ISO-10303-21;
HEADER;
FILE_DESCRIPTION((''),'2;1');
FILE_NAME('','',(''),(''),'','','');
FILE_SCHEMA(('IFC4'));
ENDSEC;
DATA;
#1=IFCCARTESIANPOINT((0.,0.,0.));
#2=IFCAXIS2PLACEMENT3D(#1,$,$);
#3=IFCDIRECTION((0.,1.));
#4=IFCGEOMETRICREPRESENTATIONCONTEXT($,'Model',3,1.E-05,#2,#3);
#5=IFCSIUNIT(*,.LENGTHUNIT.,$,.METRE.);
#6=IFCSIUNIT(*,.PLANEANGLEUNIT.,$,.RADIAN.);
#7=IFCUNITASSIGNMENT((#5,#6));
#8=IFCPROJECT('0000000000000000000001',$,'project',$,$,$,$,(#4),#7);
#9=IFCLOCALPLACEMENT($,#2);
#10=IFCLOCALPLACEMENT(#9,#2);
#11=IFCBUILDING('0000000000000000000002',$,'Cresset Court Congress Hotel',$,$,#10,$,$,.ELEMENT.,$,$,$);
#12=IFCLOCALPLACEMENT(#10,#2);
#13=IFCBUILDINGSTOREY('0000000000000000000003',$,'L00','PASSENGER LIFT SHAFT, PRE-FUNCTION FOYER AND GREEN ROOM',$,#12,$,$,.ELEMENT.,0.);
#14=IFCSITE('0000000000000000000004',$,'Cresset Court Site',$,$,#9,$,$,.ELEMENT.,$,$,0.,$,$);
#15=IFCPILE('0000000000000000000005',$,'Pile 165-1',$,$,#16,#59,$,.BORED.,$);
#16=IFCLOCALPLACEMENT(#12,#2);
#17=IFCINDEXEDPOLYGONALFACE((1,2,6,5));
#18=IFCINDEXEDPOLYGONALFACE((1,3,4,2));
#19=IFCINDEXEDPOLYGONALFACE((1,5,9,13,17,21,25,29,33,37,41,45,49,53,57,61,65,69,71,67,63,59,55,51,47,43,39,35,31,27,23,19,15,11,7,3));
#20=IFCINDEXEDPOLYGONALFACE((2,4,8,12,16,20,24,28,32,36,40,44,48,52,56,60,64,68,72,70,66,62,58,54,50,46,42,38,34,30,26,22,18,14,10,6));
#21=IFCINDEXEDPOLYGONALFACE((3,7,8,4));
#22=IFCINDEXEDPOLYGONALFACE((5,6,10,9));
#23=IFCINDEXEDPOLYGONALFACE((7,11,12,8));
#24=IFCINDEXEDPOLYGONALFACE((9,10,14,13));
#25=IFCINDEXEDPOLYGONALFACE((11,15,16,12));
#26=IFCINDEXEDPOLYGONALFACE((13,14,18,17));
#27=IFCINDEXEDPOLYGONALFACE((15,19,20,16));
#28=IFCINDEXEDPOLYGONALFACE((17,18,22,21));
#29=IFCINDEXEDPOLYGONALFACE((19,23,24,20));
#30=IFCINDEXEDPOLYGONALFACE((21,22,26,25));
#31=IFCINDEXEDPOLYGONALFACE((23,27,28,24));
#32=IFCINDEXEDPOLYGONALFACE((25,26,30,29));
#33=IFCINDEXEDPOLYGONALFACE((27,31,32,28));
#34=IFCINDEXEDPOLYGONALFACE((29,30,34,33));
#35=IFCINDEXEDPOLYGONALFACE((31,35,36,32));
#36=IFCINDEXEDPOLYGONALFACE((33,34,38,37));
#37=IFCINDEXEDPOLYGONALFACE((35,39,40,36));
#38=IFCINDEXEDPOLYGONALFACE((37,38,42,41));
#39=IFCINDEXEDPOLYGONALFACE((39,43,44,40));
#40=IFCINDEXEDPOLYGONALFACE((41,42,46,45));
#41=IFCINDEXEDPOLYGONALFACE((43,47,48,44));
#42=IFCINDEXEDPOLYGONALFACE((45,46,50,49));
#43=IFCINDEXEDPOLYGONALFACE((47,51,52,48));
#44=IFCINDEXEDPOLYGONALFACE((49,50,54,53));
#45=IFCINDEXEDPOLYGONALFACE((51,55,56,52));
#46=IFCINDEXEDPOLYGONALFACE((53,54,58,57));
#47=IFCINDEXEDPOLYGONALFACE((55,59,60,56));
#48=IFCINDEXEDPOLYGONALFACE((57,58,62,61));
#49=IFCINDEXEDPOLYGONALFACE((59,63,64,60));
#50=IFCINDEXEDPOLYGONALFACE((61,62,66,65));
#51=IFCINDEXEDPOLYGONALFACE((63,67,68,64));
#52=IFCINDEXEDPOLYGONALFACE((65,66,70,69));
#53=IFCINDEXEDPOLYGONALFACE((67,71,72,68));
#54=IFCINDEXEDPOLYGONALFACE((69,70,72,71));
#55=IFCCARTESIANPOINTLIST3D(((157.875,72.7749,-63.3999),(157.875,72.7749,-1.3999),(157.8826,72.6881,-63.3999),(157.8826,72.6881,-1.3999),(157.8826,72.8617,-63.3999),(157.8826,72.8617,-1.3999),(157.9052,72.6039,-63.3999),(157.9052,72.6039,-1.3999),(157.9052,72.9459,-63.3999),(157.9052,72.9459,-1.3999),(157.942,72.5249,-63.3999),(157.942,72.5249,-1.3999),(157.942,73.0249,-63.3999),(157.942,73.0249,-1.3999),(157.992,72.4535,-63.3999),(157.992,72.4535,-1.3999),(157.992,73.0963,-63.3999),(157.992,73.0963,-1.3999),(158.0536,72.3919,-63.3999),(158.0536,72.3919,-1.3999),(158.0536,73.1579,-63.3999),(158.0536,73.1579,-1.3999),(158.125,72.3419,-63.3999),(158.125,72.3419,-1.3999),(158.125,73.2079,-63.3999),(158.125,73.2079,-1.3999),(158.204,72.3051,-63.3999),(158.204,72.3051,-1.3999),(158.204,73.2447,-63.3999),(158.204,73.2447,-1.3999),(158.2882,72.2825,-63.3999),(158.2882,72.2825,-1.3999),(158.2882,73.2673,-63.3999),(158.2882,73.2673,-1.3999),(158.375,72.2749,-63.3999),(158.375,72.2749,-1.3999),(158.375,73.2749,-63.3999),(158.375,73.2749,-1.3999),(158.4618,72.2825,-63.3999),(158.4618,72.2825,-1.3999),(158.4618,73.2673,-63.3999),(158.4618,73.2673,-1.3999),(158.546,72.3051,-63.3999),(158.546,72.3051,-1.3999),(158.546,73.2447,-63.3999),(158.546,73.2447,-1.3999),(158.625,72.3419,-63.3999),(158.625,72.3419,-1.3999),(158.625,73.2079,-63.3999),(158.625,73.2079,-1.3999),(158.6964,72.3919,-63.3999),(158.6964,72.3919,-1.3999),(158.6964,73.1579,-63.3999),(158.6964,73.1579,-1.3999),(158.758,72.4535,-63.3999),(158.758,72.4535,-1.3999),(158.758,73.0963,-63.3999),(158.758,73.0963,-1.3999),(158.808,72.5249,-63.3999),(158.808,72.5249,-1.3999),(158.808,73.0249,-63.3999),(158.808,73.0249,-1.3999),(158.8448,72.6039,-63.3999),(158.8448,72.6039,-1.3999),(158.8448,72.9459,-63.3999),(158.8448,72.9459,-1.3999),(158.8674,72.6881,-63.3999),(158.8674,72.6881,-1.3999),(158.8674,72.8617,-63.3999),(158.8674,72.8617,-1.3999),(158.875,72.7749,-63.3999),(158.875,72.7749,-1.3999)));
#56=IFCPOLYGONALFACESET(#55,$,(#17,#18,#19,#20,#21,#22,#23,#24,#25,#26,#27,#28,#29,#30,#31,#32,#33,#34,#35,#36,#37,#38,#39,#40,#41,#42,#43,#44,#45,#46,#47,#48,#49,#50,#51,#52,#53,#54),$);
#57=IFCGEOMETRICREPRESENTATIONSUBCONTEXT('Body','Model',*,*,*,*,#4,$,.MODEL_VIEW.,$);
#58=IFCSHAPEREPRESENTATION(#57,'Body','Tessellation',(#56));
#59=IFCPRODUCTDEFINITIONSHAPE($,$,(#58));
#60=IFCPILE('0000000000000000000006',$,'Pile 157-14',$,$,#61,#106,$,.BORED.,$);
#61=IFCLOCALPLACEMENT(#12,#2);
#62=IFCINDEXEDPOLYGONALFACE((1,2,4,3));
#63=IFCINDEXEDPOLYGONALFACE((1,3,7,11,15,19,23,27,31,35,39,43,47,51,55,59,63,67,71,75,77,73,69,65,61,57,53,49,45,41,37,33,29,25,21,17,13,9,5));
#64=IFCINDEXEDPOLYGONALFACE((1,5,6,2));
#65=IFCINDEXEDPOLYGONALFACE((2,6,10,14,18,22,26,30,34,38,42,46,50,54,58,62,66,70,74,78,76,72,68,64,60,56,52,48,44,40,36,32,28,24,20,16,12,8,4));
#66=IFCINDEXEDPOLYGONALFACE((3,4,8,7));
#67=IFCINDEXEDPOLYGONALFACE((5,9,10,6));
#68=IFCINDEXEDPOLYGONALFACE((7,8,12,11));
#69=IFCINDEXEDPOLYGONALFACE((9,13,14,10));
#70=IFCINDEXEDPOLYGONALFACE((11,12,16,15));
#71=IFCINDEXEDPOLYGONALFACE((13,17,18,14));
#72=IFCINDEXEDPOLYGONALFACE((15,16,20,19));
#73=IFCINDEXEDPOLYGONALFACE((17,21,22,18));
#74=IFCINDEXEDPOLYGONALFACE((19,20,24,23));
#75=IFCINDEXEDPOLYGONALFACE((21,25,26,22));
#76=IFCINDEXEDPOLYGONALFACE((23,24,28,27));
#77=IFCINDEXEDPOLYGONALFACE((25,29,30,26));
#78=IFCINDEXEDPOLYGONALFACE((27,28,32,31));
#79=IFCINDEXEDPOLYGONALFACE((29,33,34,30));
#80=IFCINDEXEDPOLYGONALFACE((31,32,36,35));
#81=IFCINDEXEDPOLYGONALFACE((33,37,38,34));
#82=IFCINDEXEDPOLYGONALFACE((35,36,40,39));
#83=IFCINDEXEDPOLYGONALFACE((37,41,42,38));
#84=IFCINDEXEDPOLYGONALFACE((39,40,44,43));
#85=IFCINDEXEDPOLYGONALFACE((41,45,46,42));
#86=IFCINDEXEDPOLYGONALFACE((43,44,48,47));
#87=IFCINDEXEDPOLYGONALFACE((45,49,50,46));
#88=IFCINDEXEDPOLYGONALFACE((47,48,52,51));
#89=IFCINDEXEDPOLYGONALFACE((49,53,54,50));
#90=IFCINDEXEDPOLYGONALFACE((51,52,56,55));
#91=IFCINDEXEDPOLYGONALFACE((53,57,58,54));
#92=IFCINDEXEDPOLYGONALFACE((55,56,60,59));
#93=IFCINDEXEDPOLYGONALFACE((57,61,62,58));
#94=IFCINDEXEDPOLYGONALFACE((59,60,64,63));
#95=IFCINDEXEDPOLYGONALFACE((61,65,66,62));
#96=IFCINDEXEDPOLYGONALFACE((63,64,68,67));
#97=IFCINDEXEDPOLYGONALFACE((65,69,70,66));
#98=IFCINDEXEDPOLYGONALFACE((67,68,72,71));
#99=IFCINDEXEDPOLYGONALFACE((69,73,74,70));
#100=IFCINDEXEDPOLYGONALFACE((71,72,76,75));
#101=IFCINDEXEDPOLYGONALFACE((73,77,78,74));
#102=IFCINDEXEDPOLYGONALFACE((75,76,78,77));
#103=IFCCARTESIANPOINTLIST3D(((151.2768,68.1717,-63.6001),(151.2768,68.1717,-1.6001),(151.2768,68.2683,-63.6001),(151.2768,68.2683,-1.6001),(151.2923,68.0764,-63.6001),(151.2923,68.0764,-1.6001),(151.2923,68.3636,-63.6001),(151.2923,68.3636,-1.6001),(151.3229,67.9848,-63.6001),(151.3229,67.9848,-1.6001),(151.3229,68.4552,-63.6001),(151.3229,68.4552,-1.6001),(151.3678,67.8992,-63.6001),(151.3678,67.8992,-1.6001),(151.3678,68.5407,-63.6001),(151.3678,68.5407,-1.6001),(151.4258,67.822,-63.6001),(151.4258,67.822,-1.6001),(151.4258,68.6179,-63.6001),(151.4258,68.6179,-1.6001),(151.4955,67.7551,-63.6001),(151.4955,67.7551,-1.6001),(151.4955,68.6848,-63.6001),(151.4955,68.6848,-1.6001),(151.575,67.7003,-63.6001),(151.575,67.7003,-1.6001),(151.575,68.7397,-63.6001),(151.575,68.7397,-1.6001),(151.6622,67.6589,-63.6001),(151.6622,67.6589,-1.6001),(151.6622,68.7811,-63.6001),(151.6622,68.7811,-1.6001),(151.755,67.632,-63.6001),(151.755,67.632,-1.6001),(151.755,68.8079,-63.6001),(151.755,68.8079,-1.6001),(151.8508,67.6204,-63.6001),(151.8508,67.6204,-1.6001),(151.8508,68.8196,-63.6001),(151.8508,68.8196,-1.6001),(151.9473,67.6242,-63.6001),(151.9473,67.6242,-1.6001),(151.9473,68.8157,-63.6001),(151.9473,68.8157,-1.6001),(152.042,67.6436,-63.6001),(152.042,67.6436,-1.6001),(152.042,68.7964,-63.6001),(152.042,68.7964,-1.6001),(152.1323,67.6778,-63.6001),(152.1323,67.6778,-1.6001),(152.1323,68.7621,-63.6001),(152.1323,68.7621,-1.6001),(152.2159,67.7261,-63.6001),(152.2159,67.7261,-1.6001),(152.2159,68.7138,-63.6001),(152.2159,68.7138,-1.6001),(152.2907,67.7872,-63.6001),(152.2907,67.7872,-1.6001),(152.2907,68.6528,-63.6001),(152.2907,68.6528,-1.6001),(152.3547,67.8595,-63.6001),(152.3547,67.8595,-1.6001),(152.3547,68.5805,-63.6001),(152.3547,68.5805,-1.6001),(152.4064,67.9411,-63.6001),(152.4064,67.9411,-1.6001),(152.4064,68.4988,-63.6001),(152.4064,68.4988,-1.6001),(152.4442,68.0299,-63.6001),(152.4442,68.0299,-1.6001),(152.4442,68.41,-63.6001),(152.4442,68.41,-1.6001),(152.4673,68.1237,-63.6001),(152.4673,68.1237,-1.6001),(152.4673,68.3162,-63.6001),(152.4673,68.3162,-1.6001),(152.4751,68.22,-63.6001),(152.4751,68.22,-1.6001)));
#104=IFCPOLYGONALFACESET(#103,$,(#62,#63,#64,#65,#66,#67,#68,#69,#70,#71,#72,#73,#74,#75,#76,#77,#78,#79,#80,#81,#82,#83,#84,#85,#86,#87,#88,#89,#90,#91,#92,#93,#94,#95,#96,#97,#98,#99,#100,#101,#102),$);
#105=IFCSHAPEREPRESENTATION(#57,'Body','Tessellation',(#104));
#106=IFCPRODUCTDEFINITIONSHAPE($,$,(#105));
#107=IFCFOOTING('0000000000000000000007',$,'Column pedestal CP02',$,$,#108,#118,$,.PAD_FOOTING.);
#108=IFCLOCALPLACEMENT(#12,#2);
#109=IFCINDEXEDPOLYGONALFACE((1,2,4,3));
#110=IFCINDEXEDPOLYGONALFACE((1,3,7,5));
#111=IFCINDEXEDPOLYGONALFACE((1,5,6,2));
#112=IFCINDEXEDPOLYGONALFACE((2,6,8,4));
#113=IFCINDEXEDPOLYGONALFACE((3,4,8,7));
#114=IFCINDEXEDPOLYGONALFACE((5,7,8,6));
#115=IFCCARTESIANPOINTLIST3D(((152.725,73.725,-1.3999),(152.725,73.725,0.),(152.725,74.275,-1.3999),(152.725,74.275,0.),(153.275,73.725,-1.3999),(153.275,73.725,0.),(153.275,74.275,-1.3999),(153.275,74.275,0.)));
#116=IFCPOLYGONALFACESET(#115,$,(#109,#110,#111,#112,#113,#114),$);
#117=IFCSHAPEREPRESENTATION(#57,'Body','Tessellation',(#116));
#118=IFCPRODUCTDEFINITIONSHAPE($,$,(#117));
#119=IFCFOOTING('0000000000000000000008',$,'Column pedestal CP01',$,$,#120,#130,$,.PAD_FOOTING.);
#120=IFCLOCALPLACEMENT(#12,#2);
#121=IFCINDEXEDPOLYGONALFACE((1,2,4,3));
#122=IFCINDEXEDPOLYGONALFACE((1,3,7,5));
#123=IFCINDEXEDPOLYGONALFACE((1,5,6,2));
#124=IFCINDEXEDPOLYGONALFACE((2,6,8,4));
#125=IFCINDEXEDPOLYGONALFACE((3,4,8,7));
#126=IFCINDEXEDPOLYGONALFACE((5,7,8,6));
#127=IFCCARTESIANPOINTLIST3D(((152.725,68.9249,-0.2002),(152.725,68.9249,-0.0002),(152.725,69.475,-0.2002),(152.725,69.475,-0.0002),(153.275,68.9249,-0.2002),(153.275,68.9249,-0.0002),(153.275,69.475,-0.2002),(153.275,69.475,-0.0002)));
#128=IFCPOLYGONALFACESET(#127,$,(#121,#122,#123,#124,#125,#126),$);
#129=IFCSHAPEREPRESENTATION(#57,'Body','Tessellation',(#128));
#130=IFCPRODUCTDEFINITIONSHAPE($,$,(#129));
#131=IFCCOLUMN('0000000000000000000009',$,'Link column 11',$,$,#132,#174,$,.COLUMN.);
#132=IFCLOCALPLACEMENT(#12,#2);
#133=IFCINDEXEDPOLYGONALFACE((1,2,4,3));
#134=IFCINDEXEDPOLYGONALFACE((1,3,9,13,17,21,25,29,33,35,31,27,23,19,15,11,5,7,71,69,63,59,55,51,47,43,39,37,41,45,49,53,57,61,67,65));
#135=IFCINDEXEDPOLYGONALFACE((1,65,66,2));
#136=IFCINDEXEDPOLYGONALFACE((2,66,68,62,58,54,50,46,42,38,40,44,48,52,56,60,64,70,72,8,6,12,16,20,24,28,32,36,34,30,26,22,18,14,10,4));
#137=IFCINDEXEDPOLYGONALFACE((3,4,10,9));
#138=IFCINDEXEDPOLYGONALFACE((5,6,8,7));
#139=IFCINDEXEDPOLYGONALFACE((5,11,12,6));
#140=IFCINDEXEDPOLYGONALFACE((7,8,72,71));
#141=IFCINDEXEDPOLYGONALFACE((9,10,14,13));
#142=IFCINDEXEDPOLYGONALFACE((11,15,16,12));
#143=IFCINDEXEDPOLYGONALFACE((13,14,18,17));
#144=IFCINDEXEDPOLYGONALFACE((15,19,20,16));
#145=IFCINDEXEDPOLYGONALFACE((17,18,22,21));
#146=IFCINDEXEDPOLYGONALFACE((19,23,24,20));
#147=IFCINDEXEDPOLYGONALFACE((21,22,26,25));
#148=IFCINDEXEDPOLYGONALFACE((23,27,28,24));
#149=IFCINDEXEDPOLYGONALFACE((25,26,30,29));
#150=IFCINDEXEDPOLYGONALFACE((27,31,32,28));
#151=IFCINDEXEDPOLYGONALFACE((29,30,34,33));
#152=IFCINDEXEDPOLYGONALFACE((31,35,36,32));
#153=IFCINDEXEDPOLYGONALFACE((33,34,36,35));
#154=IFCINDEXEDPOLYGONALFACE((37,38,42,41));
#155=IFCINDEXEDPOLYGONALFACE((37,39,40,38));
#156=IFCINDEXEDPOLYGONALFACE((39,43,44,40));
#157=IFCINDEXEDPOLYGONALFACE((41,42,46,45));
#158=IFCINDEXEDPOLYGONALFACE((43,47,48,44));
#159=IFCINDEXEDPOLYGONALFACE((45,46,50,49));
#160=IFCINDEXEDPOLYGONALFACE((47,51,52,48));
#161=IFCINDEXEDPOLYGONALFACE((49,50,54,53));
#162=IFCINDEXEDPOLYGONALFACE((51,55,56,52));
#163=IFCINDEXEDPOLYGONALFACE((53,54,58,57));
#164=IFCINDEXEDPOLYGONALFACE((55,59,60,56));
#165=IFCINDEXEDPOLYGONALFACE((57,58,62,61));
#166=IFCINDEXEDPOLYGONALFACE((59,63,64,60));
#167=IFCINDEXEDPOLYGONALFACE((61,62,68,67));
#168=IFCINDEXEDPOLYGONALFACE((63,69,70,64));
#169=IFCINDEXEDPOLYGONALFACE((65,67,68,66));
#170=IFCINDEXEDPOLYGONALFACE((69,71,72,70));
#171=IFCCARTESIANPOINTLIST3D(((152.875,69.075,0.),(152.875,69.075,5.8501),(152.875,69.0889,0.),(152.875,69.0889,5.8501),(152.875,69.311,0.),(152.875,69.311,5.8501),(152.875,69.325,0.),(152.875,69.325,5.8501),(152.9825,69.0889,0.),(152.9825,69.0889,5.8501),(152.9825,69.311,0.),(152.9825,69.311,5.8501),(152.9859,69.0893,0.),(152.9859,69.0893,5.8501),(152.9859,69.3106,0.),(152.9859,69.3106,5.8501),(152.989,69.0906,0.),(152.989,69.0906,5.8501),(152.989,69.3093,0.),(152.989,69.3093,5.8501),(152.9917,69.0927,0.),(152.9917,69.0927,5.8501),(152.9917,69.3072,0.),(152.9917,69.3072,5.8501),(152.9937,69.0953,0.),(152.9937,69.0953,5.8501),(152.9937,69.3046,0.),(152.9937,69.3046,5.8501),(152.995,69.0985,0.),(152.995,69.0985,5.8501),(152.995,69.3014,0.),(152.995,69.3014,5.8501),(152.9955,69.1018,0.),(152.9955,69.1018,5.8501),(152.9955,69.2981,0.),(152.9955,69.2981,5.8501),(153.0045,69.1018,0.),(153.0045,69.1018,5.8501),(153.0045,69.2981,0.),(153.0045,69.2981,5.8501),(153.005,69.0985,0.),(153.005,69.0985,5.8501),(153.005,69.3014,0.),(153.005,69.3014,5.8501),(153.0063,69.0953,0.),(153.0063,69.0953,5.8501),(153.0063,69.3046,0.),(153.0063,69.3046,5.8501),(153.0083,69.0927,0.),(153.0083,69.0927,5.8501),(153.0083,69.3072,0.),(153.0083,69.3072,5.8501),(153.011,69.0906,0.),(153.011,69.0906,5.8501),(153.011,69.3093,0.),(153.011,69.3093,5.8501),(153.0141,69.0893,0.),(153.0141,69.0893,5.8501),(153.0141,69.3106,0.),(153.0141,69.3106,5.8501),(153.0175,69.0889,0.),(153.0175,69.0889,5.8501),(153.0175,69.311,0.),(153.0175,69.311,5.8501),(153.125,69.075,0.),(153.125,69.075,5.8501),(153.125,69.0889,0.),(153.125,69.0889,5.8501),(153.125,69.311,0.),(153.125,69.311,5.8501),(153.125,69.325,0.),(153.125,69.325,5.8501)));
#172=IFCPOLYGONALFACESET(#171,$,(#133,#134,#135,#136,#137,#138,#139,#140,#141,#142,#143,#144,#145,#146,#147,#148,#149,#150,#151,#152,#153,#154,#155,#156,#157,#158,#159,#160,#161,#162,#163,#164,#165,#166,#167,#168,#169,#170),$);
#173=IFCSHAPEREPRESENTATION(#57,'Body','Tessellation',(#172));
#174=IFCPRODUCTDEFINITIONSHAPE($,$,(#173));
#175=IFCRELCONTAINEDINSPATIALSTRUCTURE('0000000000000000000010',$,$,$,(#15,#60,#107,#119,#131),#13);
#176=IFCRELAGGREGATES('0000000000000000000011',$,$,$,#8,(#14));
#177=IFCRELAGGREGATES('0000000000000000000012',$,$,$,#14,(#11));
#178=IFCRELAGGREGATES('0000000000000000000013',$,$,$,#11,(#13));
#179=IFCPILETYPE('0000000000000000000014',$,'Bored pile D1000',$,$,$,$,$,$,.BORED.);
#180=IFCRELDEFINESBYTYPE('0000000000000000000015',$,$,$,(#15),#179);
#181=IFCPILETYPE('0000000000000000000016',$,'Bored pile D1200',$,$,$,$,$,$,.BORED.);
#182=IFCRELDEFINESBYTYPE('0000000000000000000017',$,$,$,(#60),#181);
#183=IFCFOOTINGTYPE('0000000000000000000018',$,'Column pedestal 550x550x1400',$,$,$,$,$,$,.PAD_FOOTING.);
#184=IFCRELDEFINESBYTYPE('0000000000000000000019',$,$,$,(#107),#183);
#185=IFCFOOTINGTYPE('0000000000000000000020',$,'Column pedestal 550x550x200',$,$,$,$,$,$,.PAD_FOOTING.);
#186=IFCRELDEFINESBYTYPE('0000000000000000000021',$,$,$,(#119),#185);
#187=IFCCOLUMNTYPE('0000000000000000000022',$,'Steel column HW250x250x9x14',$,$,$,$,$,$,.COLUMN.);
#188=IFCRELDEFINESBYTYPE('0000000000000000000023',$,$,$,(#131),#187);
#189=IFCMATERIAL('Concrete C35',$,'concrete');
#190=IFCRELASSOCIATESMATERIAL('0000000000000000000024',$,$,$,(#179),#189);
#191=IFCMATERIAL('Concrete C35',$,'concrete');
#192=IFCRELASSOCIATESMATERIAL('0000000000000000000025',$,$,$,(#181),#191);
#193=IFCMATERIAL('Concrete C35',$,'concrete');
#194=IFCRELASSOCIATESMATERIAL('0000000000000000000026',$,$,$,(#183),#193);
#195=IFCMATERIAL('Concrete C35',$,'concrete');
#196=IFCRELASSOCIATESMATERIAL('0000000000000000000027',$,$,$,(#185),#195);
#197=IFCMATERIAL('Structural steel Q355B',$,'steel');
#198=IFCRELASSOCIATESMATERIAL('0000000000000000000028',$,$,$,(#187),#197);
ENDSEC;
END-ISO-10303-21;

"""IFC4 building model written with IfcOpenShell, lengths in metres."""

from ifc_helpers import new_model, si_unit, direction, frame, origin, origin_2d, place, context, subcontext, project, spatial, rectangle, circle, i_section, extrude, material, material_profile, profile_set, type_object, element, save


model = new_model("IFC4")

# Units and contexts
model_context = context("Model", 3, precision=1e-05, world=origin(), true_north=direction((0.0, 1.0)))
body_context = subcontext(model_context, "Body", "Model", "MODEL_VIEW")
ifc_project = project(units=[si_unit("LENGTHUNIT", "METRE"), si_unit("PLANEANGLEUNIT", "RADIAN")], contexts=[model_context])

# Site, building, storey
site_placement = place(None, origin())
site = spatial("IfcSite", under=ifc_project, at=site_placement, Name="Cresset Court Site", CompositionType="ELEMENT", RefElevation=0.0)
building_placement = place(site_placement, origin())
building = spatial("IfcBuilding", under=site, at=building_placement, Name="Cresset Court Congress Hotel", CompositionType="ELEMENT")
storey_placement = place(building_placement, origin())
storey = spatial("IfcBuildingStorey", under=building, at=storey_placement, Name="L00", Description="PASSENGER LIFT SHAFT, PRE-FUNCTION FOYER AND GREEN ROOM", CompositionType="ELEMENT", Elevation=0.0)

# Piles
ifc_material_1 = material(Name="Concrete C35", Category="concrete")
pile_type_1 = type_object("IfcPileType", Name="Bored pile D1000", PredefinedType="BORED", material=ifc_material_1)
for number, where, z_axis, x_axis, name in (
    (1, (158.375, 72.7749, -1.3999), (0.0, 0.0, -1.0), (1.0, 0.0, 0.0), "Pile 165-1"),
):
    element("IfcPile", number, at=place(storey_placement, frame(where, z_axis=z_axis, x_axis=x_axis)), inside=storey, type_object=pile_type_1, Name=name, PredefinedType="BORED", context=body_context, shape_type="SweptSolid", body=[
        extrude(circle(Radius=0.5, at=origin_2d()), origin(), (0.0, 0.0, 1.0), 62.0),
    ])
ifc_material_2 = material(Name="Concrete C35", Category="concrete")
pile_type_2 = type_object("IfcPileType", Name="Bored pile D1200", PredefinedType="BORED", material=ifc_material_2)
pile_placement = place(storey_placement, frame((151.875, 68.22, -1.6001), z_axis=(0.0, 0.0, -1.0), x_axis=(1.0, 0.0, 0.0)))
element("IfcPile", 2, at=pile_placement, inside=storey, type_object=pile_type_2, Name="Pile 157-14", PredefinedType="BORED", context=body_context, shape_type="SweptSolid", body=[
    extrude(circle(Radius=0.6001, at=origin_2d()), origin(), (0.0, 0.0, 1.0), 62.0),
])

# Footings
ifc_material_3 = material(Name="Concrete C35", Category="concrete")
footing_type_1 = type_object("IfcFootingType", Name="Column pedestal 550x550x1400", PredefinedType="PAD_FOOTING", material=ifc_material_3)
footing_1_placement = place(storey_placement, frame((153.0, 74.0, -1.3999), z_axis=(0.0, 0.0, 1.0), x_axis=(1.0, 0.0, 0.0)))
element("IfcFooting", 3, at=footing_1_placement, inside=storey, type_object=footing_type_1, Name="Column pedestal CP02", PredefinedType="PAD_FOOTING", context=body_context, shape_type="SweptSolid", body=[
    extrude(rectangle(XDim=0.55, YDim=0.55, at=origin_2d()), origin(), (0.0, 0.0, 1.0), 1.3999),
])
ifc_material_4 = material(Name="Concrete C35", Category="concrete")
footing_type_2 = type_object("IfcFootingType", Name="Column pedestal 550x550x200", PredefinedType="PAD_FOOTING", material=ifc_material_4)
footing_2_placement = place(storey_placement, frame((153.0, 69.2, -0.2002), z_axis=(0.0, 0.0, 1.0), x_axis=(1.0, 0.0, 0.0)))
element("IfcFooting", 4, at=footing_2_placement, inside=storey, type_object=footing_type_2, Name="Column pedestal CP01", PredefinedType="PAD_FOOTING", context=body_context, shape_type="SweptSolid", body=[
    extrude(rectangle(XDim=0.55, YDim=0.55, at=origin_2d()), origin(), (0.0, 0.0, 1.0), 0.2),
])

# Column
ifc_material_5 = material(Name="Structural steel Q355B", Category="steel")
ifc_material_profile = material_profile(ifc_material_5, i_section(OverallWidth=0.25, OverallDepth=0.25, WebThickness=0.009, FlangeThickness=0.0139, FilletRadius=0.0129, at=origin_2d()), Name="HW250x250x9x14")
ifc_profile_set = profile_set([ifc_material_profile], Name="Structural steel Q355B")
column_type = type_object("IfcColumnType", Name="Steel column HW250x250x9x14", PredefinedType="COLUMN", material=ifc_profile_set)
for number, where, z_axis, x_axis, name in (
    (5, (153.0, 69.2, 0.0), (0.0, 0.0, 1.0), (1.0, 0.0, 0.0), "Link column 11"),
):
    element("IfcColumn", number, at=place(storey_placement, frame(where, z_axis=z_axis, x_axis=x_axis)), inside=storey, type_object=column_type, Name=name, PredefinedType="COLUMN", context=body_context, shape_type="SweptSolid", body=[
        extrude(i_section(OverallWidth=0.25, OverallDepth=0.25, WebThickness=0.009, FlangeThickness=0.0139, FilletRadius=0.0129, at=origin_2d()), origin(), (0.0, 0.0, 1.0), 5.8501),
    ])

save(model, "model.ifc")
